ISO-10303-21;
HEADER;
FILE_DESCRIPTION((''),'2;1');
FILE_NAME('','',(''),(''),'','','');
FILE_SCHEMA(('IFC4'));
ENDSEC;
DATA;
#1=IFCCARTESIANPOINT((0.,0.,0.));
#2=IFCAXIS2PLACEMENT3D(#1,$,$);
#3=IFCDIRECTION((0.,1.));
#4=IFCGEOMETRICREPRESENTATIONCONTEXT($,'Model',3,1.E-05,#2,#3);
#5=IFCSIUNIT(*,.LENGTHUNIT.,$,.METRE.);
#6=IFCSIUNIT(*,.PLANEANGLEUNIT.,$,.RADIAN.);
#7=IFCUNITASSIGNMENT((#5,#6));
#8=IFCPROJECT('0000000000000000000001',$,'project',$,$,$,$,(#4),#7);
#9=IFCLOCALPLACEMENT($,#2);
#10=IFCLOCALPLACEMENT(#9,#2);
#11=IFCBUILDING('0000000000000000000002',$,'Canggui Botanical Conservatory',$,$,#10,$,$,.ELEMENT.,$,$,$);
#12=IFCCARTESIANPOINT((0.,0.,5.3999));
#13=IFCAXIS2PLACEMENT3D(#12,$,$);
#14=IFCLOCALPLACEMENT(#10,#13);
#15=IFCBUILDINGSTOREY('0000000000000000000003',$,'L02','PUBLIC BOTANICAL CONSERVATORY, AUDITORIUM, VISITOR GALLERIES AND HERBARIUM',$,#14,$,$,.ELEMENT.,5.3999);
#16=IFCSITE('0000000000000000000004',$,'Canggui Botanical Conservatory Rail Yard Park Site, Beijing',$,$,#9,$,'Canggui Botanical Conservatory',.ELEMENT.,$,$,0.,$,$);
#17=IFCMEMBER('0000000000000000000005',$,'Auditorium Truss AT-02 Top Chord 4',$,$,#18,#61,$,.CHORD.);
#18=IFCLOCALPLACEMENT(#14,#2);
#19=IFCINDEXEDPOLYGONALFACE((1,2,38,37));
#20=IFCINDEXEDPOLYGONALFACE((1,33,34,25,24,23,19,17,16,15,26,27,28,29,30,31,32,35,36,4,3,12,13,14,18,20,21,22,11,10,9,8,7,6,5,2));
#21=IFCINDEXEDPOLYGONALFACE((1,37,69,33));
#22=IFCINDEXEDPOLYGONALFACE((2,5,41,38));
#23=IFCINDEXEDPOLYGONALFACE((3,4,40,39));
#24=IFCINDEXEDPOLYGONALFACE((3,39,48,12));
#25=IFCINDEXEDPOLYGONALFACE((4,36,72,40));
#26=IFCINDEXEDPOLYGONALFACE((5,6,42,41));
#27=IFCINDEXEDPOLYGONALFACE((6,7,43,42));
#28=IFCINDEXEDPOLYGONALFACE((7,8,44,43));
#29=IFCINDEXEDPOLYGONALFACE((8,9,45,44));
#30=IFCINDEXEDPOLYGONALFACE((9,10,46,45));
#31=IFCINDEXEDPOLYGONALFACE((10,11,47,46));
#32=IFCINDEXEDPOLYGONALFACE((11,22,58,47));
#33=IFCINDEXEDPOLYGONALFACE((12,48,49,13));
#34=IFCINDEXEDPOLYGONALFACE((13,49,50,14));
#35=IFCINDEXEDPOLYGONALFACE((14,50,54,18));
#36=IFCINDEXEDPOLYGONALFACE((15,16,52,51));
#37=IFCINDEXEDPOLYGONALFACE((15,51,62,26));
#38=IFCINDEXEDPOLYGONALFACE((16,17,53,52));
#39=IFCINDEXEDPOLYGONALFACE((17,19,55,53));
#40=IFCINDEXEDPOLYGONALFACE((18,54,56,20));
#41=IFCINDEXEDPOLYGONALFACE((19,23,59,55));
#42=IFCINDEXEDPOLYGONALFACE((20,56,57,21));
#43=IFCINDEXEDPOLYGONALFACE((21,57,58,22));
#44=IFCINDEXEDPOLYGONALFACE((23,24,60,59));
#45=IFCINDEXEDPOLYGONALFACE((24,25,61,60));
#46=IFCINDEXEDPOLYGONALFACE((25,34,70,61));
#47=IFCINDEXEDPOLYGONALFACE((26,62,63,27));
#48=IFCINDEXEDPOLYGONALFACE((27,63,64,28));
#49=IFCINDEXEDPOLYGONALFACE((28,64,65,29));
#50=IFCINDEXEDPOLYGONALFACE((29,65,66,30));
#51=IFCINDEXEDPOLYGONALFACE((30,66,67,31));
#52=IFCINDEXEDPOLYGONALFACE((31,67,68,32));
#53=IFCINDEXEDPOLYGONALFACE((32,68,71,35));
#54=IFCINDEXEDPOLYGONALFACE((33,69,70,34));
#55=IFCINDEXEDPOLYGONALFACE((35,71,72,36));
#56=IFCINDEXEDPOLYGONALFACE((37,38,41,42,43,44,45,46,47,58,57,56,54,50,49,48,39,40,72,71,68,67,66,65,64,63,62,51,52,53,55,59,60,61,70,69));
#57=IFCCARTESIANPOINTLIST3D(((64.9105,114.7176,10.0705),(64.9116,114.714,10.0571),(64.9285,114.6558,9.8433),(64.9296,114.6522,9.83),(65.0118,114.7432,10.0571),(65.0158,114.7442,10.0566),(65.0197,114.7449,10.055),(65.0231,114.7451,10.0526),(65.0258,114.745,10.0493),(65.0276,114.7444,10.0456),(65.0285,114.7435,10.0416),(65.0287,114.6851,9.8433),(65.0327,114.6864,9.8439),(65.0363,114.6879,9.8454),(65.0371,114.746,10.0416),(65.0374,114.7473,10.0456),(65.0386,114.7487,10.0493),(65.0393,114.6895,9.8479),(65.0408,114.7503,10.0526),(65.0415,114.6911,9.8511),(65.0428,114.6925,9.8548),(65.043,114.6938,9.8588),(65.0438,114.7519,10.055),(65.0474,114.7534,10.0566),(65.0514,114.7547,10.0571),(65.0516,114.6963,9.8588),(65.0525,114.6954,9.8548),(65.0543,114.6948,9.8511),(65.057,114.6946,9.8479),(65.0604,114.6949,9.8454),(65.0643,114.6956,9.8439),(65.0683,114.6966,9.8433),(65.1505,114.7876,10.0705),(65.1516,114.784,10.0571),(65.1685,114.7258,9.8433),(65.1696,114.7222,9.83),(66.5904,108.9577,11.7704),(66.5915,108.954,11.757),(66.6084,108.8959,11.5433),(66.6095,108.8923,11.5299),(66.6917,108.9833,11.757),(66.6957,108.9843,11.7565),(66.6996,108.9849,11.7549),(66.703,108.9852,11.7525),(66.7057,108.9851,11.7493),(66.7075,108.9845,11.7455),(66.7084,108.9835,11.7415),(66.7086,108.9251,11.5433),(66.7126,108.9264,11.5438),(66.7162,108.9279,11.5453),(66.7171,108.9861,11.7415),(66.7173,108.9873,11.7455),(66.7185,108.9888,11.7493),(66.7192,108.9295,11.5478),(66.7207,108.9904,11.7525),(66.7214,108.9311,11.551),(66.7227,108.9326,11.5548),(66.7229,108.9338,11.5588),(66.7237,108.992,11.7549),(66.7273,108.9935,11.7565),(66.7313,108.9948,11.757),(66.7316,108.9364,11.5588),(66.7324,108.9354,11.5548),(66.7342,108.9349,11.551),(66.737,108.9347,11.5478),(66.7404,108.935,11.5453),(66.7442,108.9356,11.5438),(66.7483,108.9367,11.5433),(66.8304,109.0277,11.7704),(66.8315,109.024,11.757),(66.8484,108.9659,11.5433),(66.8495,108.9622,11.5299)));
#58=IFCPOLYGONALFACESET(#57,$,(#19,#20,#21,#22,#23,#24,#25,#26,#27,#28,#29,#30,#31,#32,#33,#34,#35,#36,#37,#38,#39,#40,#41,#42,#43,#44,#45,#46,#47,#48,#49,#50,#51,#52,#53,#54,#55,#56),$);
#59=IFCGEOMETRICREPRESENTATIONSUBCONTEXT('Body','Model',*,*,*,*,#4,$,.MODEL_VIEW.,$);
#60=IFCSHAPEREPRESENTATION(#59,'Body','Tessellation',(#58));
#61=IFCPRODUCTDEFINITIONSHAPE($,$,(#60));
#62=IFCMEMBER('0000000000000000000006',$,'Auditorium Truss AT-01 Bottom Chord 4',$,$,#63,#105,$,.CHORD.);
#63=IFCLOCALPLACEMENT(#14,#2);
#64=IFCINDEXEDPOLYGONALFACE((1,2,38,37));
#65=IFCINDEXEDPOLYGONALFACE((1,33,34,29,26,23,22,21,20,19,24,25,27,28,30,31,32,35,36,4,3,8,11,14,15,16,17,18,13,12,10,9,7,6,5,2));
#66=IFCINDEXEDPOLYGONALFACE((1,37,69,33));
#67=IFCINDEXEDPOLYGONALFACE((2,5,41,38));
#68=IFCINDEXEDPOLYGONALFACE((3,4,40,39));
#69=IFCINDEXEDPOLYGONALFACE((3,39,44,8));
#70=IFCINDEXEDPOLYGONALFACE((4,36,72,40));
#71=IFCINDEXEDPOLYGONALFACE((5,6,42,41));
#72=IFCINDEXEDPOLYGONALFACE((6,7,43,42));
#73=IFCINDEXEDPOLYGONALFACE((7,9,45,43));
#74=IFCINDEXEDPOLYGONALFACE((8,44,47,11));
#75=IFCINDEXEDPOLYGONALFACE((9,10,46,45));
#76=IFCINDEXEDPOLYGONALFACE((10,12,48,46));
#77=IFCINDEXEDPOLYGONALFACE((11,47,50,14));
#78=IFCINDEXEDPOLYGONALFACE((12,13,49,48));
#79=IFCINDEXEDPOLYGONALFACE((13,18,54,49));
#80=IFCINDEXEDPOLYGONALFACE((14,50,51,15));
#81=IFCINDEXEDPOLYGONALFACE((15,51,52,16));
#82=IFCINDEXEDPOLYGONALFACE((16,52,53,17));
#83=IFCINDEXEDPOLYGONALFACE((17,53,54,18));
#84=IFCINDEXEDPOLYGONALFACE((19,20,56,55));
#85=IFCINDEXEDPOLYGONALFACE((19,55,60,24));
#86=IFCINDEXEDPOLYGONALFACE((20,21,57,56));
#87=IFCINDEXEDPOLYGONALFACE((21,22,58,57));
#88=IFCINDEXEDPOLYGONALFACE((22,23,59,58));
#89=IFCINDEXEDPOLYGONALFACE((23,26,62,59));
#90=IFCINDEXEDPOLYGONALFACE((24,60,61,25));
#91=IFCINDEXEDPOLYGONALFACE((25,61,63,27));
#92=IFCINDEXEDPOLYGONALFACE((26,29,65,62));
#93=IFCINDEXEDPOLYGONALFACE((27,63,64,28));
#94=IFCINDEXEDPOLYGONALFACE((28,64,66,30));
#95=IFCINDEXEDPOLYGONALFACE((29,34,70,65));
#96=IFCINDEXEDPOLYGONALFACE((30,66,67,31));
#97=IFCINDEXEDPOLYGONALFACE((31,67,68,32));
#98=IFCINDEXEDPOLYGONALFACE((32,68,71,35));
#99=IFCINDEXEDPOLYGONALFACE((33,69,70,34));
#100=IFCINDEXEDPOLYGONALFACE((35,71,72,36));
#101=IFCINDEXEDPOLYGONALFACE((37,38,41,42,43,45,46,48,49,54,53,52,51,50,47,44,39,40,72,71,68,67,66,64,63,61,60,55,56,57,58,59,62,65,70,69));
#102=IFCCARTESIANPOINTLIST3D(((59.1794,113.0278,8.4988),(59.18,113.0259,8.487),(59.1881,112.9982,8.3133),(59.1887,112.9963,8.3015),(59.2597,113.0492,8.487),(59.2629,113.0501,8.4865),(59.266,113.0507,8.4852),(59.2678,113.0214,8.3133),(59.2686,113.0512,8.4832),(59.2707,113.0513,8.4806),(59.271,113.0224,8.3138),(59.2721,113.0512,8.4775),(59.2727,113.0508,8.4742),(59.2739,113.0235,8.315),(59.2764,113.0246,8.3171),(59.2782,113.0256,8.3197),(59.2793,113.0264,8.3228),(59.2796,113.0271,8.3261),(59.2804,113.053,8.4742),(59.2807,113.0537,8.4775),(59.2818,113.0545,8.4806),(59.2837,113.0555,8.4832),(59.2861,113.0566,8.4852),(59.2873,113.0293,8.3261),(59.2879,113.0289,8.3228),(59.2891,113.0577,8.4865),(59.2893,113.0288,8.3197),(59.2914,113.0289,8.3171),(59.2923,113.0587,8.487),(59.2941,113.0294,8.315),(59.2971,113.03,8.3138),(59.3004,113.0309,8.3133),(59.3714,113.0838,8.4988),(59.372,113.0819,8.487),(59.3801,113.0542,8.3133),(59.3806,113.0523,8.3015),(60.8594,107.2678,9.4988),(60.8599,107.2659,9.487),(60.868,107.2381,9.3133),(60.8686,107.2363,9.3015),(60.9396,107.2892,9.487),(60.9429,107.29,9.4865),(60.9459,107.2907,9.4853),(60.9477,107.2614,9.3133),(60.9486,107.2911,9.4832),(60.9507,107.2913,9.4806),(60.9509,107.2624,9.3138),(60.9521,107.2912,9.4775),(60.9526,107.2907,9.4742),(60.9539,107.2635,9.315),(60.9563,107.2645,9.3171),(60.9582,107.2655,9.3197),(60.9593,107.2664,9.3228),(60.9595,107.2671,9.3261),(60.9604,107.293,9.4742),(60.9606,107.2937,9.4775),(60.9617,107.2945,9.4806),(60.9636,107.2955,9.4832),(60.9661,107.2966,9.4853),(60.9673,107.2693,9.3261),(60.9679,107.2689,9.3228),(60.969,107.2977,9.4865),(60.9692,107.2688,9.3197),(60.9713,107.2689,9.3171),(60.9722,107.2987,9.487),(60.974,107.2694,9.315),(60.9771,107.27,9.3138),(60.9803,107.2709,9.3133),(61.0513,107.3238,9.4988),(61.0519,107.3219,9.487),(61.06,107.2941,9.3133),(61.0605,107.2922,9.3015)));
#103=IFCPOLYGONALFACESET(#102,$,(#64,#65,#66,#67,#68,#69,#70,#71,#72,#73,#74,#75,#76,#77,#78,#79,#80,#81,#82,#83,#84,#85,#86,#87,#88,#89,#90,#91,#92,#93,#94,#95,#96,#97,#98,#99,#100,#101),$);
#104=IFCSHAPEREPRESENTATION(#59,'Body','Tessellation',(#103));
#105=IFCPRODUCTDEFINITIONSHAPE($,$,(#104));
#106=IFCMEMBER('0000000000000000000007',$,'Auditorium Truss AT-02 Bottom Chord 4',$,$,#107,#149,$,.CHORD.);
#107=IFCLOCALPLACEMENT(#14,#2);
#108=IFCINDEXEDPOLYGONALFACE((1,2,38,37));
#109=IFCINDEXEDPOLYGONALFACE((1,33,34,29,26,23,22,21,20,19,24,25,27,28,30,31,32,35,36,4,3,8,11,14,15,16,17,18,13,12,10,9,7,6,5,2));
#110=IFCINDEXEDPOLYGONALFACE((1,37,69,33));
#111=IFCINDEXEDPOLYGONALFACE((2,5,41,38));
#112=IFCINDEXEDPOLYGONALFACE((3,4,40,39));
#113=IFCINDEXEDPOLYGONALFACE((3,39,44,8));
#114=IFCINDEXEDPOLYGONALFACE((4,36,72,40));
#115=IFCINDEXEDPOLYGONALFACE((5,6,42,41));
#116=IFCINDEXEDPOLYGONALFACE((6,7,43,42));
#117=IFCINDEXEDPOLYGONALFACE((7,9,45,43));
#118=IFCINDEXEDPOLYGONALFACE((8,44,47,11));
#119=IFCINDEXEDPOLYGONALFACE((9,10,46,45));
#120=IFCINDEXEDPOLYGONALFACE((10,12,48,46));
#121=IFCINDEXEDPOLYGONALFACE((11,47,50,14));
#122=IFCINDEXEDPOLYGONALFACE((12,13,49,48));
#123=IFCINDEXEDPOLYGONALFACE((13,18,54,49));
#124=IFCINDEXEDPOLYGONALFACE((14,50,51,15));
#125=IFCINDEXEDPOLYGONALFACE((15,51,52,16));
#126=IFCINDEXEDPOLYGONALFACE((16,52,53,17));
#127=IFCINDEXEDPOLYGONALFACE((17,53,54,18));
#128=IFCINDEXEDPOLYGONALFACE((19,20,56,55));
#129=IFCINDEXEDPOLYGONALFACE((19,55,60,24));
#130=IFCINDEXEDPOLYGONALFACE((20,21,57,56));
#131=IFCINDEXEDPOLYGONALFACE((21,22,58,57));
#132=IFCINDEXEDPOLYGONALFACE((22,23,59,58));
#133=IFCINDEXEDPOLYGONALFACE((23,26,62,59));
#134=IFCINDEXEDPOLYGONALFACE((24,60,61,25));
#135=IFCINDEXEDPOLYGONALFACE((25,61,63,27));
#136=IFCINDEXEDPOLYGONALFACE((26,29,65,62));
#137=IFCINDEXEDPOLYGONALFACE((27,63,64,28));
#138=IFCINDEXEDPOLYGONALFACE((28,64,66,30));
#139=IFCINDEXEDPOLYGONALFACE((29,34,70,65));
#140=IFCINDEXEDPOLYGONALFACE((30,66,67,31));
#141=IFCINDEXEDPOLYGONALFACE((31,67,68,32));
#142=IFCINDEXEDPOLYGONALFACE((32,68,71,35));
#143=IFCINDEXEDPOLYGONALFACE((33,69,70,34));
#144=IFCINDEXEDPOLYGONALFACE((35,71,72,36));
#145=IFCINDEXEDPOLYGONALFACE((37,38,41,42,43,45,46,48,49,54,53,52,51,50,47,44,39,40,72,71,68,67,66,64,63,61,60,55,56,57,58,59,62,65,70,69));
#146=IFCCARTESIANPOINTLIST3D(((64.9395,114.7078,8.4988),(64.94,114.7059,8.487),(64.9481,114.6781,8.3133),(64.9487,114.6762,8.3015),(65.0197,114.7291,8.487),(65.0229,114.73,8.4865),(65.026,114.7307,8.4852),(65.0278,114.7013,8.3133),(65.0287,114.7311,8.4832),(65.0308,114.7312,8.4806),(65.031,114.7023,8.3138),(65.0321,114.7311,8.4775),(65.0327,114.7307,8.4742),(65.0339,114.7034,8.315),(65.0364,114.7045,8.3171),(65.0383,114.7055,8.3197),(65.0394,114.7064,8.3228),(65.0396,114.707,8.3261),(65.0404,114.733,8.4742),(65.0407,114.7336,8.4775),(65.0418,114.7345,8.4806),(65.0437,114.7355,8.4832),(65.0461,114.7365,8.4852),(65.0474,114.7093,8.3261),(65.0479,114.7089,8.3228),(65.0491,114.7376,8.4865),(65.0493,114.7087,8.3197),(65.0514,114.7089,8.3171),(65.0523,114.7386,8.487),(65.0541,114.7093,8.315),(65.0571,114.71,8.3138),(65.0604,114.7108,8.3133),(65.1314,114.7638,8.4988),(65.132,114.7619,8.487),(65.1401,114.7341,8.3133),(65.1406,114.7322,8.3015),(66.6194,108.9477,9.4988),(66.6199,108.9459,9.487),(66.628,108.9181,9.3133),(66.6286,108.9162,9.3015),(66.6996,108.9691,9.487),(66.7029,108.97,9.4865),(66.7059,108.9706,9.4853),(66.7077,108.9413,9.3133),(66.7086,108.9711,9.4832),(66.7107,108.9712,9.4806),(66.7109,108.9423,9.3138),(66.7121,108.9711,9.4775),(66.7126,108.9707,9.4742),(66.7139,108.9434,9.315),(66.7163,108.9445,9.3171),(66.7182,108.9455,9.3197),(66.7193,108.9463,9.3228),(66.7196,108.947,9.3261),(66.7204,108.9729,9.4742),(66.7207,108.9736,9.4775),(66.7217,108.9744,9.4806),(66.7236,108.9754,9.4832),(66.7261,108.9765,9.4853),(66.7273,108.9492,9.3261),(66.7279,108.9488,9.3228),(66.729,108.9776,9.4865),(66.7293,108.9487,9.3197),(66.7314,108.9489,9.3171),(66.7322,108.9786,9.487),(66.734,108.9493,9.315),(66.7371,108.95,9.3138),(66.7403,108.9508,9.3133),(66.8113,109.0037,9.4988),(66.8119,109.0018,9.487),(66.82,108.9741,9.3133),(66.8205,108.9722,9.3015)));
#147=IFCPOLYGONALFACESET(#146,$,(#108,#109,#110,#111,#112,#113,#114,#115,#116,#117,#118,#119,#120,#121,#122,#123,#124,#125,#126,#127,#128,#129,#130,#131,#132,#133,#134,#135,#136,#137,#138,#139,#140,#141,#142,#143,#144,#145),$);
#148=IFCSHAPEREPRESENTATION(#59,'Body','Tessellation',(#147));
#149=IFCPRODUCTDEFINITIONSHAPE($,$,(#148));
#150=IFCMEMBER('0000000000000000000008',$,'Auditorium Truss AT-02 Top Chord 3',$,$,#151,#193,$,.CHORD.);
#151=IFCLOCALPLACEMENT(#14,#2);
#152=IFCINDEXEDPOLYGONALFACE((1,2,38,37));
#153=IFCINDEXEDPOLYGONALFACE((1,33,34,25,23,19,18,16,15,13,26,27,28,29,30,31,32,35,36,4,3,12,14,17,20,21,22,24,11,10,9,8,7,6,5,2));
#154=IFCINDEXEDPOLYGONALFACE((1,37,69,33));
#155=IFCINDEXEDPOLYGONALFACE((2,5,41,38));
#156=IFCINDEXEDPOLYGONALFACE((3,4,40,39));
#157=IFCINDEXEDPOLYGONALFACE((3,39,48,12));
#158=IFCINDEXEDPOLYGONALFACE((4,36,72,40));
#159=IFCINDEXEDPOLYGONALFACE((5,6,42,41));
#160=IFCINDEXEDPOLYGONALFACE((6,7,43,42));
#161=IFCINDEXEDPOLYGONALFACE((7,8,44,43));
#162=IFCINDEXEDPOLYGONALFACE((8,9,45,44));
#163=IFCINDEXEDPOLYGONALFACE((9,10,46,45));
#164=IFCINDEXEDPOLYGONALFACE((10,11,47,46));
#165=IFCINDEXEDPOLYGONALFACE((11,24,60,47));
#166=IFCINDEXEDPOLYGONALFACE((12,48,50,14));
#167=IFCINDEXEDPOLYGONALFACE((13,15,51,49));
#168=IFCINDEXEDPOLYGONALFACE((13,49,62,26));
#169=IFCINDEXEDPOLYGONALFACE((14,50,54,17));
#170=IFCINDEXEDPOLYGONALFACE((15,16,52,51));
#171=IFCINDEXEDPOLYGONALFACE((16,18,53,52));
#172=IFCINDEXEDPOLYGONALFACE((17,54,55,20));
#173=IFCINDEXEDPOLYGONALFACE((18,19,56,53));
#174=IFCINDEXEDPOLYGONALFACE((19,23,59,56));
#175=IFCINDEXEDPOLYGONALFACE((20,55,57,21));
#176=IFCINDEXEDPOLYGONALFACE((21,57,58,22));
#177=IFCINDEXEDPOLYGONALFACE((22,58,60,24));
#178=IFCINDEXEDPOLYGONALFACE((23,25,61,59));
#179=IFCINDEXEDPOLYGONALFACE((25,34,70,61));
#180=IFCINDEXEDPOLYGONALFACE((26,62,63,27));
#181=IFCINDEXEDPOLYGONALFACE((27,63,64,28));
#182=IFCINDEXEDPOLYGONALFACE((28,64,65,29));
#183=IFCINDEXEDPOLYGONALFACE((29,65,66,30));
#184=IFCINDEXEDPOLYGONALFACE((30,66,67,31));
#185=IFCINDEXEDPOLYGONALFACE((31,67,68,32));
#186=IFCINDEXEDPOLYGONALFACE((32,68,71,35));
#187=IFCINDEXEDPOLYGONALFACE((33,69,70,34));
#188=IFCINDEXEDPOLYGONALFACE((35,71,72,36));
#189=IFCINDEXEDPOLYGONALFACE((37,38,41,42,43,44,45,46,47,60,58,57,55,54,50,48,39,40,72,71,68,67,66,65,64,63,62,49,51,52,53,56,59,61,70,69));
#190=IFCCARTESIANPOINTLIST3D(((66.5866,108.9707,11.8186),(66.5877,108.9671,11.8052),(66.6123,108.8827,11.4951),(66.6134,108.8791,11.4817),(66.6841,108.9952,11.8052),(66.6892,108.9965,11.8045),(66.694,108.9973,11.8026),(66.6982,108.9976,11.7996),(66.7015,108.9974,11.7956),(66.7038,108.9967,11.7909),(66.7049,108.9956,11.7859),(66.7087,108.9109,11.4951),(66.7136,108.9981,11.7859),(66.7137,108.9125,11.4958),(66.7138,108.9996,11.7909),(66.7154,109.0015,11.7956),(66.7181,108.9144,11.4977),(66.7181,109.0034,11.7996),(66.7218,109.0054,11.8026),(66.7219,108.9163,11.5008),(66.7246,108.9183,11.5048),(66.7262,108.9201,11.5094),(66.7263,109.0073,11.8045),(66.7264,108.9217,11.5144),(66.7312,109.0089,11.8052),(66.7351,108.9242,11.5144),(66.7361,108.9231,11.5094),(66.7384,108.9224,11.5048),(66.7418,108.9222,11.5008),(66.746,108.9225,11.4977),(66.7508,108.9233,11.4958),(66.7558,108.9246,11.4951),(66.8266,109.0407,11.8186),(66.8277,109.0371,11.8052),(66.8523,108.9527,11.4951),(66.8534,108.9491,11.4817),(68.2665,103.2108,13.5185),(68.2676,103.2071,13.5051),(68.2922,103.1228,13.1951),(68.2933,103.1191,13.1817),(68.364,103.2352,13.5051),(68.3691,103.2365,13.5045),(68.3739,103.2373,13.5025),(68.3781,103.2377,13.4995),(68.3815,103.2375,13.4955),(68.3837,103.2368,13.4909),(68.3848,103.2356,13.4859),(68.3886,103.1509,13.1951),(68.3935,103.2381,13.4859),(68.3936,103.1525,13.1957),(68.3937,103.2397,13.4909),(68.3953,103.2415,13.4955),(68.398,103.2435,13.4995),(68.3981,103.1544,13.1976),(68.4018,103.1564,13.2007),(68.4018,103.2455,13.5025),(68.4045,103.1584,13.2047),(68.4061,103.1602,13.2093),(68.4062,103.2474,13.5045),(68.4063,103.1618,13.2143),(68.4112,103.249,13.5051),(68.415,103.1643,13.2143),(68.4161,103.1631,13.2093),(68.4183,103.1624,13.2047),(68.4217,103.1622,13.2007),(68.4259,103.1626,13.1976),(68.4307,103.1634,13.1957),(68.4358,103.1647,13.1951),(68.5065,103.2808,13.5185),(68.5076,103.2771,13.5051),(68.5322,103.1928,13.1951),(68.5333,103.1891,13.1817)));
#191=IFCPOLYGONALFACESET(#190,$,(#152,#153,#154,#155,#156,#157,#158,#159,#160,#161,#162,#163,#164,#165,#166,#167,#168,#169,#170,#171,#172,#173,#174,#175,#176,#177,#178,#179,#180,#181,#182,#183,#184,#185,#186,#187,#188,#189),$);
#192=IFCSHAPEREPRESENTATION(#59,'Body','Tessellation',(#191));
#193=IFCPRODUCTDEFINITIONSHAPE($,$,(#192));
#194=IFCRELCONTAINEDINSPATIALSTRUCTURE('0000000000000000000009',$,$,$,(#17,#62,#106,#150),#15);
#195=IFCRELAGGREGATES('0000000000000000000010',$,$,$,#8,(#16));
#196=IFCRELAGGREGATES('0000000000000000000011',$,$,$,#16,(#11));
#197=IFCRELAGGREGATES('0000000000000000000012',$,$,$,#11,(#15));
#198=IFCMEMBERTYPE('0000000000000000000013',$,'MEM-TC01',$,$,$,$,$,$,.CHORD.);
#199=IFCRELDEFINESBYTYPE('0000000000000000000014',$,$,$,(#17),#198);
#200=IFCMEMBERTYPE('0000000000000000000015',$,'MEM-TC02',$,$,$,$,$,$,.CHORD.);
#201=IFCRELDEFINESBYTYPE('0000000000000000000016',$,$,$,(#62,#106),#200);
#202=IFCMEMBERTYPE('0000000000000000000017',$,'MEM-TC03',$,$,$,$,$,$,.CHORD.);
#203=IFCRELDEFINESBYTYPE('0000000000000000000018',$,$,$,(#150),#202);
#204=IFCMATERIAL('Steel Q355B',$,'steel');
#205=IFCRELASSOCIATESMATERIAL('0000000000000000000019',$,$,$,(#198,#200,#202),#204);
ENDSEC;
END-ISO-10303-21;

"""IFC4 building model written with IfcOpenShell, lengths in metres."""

from ifc_helpers import new_model, si_unit, direction, frame, origin, origin_2d, place, context, subcontext, project, spatial, i_section, extrude, material, material_profile, profile_set, type_object, element, save


model = new_model("IFC4")

# Units and contexts
model_context = context("Model", 3, precision=1e-05, world=origin(), true_north=direction((0.0, 1.0)))
body_context = subcontext(model_context, "Body", "Model", "MODEL_VIEW")
ifc_project = project(units=[si_unit("LENGTHUNIT", "METRE"), si_unit("PLANEANGLEUNIT", "RADIAN")], contexts=[model_context])

# Site, building, storey
site_placement = place(None, origin())
site = spatial("IfcSite", under=ifc_project, at=site_placement, Name="Canggui Botanical Conservatory Rail Yard Park Site, Beijing", LongName="Canggui Botanical Conservatory", CompositionType="ELEMENT", RefElevation=0.0)
building_placement = place(site_placement, origin())
building = spatial("IfcBuilding", under=site, at=building_placement, Name="Canggui Botanical Conservatory", CompositionType="ELEMENT")
storey_placement = place(building_placement, frame((0.0, 0.0, 5.3999)))
storey = spatial("IfcBuildingStorey", under=building, at=storey_placement, Name="L02", Description="PUBLIC BOTANICAL CONSERVATORY, AUDITORIUM, VISITOR GALLERIES AND HERBARIUM", CompositionType="ELEMENT", Elevation=5.3999)

# Members
ifc_material_1 = material(Name="Steel Q355B", Category="steel")
ifc_material_profile_1 = material_profile(ifc_material_1, i_section(OverallWidth=0.25, OverallDepth=0.25, WebThickness=0.009, FlangeThickness=0.0139, FilletRadius=0.0161, at=origin_2d()), Name="HW 250x250x9x14")
ifc_profile_set_1 = profile_set([ifc_material_profile_1], Name="Steel Q355B")
member_type_1 = type_object("IfcMemberType", Name="MEM-TC01", PredefinedType="CHORD", material=ifc_profile_set_1)
for number, where, z_axis, x_axis, name in (
    (1, (66.72, 108.96, 11.6501), (-0.269386, 0.923647, -0.272596), (-0.960003, -0.279989, 0.0), "Auditorium Truss AT-02 Top Chord 4"),
):
    element("IfcMember", number, at=place(storey_placement, frame(where, z_axis=z_axis, x_axis=x_axis)), inside=storey, type_object=member_type_1, Name=name, PredefinedType="CHORD", context=body_context, shape_type="SweptSolid", body=[
        extrude(i_section(OverallWidth=0.25, OverallDepth=0.25, WebThickness=0.009, FlangeThickness=0.0139, FilletRadius=0.0161, at=origin_2d()), origin(), (0.0, 0.0, 1.0), 6.2361),
    ])
ifc_material_profile_2 = material_profile(ifc_material_1, i_section(OverallWidth=0.2, OverallDepth=0.2, WebThickness=0.0081, FlangeThickness=0.012, FilletRadius=0.0129, at=origin_2d()), Name="HW 200x200x8x12")
ifc_profile_set_2 = profile_set([ifc_material_profile_2], Name="Steel Q355B")
member_type_2 = type_object("IfcMemberType", Name="MEM-TC02", PredefinedType="CHORD", material=ifc_profile_set_2)
for number, where, z_axis, x_axis, name in (
    (2, (60.96, 107.28, 9.4001), (-0.276179, 0.946941, -0.164399), (-0.960003, -0.279989, 0.0), "Auditorium Truss AT-01 Bottom Chord 4"),
    (3, (66.72, 108.96, 9.4001), (-0.276179, 0.946941, -0.164399), (-0.960003, -0.279989, 0.0), "Auditorium Truss AT-02 Bottom Chord 4"),
):
    element("IfcMember", number, at=place(storey_placement, frame(where, z_axis=z_axis, x_axis=x_axis)), inside=storey, type_object=member_type_2, Name=name, PredefinedType="CHORD", context=body_context, shape_type="SweptSolid", body=[
        extrude(i_section(OverallWidth=0.2, OverallDepth=0.2, WebThickness=0.0081, FlangeThickness=0.012, FilletRadius=0.0129, at=origin_2d()), origin(), (0.0, 0.0, 1.0), 6.0828),
    ])
ifc_material_profile_3 = material_profile(ifc_material_1, i_section(OverallWidth=0.25, OverallDepth=0.3501, WebThickness=0.009, FlangeThickness=0.0139, FilletRadius=0.02, at=origin_2d()), Name="HM 350x250x9x14")
ifc_profile_set_3 = profile_set([ifc_material_profile_3], Name="Steel Q355B")
member_type_3 = type_object("IfcMemberType", Name="MEM-TC03", PredefinedType="CHORD", material=ifc_profile_set_3)
member_1_placement = place(storey_placement, frame((68.3999, 103.2, 13.3501), z_axis=(-0.269386, 0.923647, -0.272596), x_axis=(-0.960003, -0.279989, 0.0)))
element("IfcMember", 4, at=member_1_placement, inside=storey, type_object=member_type_3, Name="Auditorium Truss AT-02 Top Chord 3", PredefinedType="CHORD", context=body_context, shape_type="SweptSolid", body=[
    extrude(i_section(OverallWidth=0.25, OverallDepth=0.3501, WebThickness=0.009, FlangeThickness=0.0139, FilletRadius=0.02, at=origin_2d()), origin(), (0.0, 0.0, 1.0), 6.2361),
])

save(model, "model.ifc")
